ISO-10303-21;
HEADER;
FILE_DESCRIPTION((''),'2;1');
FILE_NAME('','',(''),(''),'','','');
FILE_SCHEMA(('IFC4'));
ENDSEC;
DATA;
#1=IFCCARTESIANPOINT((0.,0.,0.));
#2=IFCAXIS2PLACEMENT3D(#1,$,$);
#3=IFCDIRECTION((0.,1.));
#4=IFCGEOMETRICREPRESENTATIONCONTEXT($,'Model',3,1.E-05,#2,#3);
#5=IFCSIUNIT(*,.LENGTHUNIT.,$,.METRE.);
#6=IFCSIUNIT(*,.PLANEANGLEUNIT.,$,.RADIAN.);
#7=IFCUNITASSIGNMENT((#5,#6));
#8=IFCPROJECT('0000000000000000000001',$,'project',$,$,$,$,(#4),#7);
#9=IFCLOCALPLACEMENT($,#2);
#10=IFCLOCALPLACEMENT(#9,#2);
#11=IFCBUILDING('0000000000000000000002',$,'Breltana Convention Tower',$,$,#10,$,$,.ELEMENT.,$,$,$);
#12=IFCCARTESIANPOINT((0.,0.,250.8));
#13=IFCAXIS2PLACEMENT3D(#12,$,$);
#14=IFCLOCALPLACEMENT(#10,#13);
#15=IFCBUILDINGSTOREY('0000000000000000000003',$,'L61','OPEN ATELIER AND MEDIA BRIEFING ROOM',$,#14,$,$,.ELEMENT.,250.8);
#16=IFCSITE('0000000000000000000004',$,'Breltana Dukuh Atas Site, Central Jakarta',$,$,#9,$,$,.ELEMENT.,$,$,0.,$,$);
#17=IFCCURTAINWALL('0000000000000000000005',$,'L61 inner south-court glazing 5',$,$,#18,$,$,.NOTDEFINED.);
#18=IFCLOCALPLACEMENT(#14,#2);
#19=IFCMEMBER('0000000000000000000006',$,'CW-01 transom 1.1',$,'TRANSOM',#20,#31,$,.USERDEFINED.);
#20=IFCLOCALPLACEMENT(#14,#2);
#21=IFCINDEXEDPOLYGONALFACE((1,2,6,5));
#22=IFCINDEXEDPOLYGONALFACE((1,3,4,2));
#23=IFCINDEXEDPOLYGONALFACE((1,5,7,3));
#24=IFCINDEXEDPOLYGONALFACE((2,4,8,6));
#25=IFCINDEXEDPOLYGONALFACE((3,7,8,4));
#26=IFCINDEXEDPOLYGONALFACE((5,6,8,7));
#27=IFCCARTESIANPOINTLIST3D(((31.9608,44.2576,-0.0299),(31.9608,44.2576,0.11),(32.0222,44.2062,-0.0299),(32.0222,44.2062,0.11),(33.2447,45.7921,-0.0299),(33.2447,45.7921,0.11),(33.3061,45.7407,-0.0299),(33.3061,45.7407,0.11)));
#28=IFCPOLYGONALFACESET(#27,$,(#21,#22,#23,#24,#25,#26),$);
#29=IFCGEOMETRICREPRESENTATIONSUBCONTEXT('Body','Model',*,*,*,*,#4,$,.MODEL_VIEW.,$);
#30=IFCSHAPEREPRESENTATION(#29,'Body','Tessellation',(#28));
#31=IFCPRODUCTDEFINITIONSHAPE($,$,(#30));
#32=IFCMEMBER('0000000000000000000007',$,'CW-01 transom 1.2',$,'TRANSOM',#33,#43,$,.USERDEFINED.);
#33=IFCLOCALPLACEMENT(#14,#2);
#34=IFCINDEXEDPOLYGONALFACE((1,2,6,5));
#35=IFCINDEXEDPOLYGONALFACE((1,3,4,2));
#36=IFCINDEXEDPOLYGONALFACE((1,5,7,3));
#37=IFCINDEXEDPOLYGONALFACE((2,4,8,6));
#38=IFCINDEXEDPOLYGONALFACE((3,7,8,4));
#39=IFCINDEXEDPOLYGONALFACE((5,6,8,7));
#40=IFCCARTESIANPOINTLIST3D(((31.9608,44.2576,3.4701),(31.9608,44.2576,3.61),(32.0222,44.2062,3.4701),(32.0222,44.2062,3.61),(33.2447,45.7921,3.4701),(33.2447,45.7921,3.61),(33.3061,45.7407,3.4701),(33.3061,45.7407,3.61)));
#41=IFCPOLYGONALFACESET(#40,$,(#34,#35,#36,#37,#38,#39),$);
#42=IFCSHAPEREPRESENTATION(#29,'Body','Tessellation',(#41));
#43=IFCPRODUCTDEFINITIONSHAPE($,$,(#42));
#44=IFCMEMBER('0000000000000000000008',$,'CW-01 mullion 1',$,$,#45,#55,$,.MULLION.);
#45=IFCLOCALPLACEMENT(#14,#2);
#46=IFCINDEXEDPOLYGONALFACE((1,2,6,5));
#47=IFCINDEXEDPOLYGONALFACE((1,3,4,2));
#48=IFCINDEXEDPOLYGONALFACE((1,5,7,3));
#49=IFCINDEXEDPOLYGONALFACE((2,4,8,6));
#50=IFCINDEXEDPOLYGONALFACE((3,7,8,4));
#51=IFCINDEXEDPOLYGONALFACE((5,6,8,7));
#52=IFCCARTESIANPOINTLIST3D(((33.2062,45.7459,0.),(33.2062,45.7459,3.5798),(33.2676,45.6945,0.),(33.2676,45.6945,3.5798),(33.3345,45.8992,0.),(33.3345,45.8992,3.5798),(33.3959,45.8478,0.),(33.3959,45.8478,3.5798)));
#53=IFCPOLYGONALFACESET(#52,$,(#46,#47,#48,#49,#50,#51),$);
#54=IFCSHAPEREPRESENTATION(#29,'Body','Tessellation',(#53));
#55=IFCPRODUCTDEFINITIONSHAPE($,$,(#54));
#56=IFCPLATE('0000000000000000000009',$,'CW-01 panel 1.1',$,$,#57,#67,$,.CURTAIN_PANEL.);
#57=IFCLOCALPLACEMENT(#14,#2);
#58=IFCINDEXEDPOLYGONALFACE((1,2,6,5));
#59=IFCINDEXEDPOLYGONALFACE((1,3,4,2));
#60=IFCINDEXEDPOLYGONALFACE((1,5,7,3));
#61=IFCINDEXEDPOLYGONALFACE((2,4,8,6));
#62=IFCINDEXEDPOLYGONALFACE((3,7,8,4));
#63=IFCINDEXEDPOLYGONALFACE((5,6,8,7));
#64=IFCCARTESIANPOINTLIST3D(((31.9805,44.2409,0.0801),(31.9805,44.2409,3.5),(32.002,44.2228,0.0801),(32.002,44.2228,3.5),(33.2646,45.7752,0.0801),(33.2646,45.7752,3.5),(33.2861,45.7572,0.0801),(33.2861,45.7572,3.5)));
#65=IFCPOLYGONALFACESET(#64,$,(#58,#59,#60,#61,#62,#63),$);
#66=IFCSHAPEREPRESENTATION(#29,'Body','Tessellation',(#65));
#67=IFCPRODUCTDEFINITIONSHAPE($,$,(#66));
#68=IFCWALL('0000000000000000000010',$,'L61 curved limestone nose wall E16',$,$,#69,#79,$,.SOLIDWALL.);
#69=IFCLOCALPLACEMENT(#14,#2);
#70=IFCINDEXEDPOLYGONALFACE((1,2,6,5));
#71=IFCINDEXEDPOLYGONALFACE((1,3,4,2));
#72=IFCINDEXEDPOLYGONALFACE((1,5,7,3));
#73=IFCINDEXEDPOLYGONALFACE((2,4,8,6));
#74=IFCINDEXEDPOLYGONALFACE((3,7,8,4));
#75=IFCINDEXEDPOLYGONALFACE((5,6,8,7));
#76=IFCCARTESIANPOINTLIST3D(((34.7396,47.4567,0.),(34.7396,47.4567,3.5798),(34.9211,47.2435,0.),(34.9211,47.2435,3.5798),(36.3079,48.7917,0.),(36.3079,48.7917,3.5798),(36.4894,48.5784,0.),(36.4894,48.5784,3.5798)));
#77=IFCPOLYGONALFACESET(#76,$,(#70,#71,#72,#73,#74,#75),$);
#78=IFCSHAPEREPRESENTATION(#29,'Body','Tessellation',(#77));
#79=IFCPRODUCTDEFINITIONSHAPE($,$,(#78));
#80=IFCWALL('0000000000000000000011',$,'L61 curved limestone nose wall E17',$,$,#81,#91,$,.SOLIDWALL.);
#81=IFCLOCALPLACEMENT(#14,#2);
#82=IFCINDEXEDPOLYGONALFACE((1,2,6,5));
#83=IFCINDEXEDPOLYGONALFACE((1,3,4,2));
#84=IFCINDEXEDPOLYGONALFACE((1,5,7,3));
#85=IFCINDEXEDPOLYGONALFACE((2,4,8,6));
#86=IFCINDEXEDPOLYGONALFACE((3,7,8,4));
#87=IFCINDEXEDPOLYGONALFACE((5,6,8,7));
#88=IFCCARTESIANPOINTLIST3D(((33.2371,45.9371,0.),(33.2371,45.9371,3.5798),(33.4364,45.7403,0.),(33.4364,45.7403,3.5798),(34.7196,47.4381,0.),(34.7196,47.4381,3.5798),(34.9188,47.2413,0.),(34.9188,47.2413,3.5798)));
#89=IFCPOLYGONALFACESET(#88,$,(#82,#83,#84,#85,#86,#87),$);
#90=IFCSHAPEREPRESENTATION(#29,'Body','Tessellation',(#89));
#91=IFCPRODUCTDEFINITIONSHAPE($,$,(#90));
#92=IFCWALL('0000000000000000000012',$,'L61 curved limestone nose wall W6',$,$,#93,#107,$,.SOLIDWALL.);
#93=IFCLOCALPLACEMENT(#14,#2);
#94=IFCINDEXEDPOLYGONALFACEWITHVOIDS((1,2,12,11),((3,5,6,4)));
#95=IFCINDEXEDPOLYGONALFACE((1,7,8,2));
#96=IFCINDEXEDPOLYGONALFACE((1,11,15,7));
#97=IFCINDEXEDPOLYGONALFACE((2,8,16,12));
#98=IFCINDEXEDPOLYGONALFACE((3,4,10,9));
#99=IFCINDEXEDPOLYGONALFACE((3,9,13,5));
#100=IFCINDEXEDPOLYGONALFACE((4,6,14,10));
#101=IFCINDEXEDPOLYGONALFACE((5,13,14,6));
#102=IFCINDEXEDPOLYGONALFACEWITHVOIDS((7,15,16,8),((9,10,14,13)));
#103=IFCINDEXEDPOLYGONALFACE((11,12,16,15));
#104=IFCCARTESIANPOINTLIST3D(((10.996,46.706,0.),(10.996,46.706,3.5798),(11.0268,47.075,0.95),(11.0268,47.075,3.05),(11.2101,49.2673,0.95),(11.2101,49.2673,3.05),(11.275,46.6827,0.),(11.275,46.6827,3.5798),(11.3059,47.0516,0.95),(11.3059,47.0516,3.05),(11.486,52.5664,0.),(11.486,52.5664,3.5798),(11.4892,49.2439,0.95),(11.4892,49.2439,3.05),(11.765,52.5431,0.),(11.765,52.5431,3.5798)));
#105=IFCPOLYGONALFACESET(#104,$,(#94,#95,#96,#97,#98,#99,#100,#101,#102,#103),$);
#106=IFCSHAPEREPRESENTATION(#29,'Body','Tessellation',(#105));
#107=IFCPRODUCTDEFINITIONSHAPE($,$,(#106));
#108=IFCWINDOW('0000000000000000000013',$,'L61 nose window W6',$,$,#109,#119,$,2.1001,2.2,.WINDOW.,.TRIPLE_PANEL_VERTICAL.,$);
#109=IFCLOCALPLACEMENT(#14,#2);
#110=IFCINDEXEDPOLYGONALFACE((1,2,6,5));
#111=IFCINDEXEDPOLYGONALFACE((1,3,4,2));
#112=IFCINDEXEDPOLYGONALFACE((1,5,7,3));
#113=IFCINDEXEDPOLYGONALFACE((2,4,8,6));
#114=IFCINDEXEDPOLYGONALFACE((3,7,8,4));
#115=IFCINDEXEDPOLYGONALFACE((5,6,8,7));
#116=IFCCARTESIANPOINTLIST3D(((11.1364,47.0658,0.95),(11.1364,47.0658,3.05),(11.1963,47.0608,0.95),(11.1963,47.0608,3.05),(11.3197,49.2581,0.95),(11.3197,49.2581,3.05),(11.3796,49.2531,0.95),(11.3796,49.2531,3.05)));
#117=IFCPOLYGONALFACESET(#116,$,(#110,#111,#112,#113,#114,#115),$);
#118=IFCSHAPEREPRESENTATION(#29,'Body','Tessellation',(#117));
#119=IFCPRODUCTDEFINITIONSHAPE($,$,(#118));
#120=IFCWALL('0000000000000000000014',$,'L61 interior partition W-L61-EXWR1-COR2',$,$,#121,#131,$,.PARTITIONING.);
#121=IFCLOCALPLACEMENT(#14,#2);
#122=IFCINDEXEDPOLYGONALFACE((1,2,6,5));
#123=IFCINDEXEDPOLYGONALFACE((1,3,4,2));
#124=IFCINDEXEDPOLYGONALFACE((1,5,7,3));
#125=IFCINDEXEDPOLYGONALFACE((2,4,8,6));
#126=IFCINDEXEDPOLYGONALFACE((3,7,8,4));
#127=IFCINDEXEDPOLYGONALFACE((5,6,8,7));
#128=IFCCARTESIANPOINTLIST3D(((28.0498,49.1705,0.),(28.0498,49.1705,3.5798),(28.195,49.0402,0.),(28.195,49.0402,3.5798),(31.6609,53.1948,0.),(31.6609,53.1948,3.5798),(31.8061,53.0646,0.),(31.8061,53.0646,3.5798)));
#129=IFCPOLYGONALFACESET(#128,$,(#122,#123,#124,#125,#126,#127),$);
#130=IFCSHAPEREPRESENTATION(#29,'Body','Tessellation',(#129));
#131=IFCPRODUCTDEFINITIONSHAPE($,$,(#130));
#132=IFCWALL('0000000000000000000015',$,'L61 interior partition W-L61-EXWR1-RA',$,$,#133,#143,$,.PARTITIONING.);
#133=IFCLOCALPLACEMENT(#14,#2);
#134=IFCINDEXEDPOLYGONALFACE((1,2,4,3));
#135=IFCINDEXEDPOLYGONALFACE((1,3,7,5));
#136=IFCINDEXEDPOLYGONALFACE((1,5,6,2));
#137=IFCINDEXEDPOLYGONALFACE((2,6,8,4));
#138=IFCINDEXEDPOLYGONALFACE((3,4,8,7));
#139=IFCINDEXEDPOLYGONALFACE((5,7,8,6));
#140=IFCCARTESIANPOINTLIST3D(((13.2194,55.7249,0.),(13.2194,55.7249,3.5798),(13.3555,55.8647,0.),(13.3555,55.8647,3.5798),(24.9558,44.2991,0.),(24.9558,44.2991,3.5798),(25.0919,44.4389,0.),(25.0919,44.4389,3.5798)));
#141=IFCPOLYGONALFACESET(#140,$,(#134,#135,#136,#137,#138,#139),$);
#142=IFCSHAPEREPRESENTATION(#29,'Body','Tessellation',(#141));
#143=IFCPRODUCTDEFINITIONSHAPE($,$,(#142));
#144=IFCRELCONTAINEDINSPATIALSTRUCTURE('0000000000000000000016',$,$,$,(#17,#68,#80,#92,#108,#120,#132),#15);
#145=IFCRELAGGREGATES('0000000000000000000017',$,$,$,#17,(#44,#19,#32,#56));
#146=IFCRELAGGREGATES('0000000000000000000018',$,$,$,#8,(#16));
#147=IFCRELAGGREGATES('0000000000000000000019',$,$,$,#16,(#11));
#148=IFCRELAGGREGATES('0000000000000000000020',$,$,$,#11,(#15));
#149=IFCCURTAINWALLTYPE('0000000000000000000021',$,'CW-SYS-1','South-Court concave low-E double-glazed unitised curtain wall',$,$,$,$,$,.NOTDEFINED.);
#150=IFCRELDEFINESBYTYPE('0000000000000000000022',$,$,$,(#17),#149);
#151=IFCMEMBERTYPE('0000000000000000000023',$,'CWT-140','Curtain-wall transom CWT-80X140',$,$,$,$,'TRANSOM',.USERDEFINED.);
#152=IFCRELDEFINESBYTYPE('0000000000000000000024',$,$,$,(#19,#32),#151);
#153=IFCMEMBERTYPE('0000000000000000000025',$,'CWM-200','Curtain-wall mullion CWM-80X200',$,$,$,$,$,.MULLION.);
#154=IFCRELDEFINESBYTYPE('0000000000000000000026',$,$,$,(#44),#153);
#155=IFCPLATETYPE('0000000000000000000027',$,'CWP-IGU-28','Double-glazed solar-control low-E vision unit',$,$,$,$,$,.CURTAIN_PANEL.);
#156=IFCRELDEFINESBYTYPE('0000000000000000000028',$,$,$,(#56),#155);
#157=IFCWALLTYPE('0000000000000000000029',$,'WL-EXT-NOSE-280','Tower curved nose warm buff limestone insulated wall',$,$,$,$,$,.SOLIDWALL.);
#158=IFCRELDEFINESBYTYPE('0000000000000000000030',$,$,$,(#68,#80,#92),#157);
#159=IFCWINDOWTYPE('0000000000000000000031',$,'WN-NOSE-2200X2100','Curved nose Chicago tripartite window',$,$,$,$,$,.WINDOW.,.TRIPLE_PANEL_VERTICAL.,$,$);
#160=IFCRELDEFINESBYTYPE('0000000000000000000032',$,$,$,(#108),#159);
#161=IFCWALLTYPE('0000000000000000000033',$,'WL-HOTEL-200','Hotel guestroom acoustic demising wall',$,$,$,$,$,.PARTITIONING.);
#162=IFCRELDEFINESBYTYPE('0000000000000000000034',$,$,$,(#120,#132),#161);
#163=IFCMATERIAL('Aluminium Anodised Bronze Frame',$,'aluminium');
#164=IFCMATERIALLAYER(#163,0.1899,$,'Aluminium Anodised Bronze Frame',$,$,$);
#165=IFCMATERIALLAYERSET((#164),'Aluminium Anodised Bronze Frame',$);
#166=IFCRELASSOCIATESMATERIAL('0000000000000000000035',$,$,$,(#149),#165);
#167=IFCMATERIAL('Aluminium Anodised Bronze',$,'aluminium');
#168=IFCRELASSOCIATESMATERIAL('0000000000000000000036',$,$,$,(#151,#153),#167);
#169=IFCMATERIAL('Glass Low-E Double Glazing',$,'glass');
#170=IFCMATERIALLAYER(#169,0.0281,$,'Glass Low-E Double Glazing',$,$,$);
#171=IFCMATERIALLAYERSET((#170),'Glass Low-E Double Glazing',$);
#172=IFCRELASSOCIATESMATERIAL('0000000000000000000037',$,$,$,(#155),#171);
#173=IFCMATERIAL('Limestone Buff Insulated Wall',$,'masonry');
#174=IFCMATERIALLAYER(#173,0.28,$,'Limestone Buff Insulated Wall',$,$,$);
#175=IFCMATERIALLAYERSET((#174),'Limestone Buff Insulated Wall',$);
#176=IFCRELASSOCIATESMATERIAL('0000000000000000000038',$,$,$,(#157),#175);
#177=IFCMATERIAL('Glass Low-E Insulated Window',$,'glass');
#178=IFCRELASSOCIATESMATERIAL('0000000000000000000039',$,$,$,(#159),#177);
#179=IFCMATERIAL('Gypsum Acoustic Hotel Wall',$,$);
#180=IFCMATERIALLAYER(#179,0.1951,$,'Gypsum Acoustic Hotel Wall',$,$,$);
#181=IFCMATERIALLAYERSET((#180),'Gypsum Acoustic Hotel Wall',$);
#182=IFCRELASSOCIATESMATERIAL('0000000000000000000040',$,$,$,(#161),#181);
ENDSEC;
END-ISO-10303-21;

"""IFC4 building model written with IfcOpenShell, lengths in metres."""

from ifc_helpers import new_model, si_unit, direction, frame, frame_2d, origin, origin_2d, place, context, subcontext, project, spatial, rectangle, extrude, source, transform, mapped, material, layer, layer_set, material_profile, profile_set, type_object, type_shapes, element, fill, aggregate, save


model = new_model("IFC4")

# Units and contexts
model_context = context("Model", 3, precision=1e-05, world=origin(), true_north=direction((0.0, 1.0)))
body_context = subcontext(model_context, "Body", "Model", "MODEL_VIEW")
ifc_project = project(units=[si_unit("LENGTHUNIT", "METRE"), si_unit("PLANEANGLEUNIT", "RADIAN")], contexts=[model_context])

# Site, building, storey
site_placement = place(None, origin())
site = spatial("IfcSite", under=ifc_project, at=site_placement, Name="Breltana Dukuh Atas Site, Central Jakarta", CompositionType="ELEMENT", RefElevation=0.0)
building_placement = place(site_placement, origin())
building = spatial("IfcBuilding", under=site, at=building_placement, Name="Breltana Convention Tower", CompositionType="ELEMENT")
storey_placement = place(building_placement, frame((0.0, 0.0, 250.8)))
storey = spatial("IfcBuildingStorey", under=building, at=storey_placement, Name="L61", Description="OPEN ATELIER AND MEDIA BRIEFING ROOM", CompositionType="ELEMENT", Elevation=250.8)

# Curtain wall, members, plate
ifc_material_1 = material(Name="Aluminium Anodised Bronze Frame", Category="aluminium")
ifc_layer_1 = layer(ifc_material_1, 0.1899, Name="Aluminium Anodised Bronze Frame")
ifc_layer_set_1 = layer_set([ifc_layer_1], Name="Aluminium Anodised Bronze Frame")
curtain_wall_type = type_object("IfcCurtainWallType", Name="CW-SYS-1", Description="South-Court concave low-E double-glazed unitised curtain wall", PredefinedType="NOTDEFINED", material=ifc_layer_set_1)
curtain_wall_placement = place(storey_placement, origin())
curtain_wall = element("IfcCurtainWall", 1, at=curtain_wall_placement, inside=storey, type_object=curtain_wall_type, Name="L61 inner south-court glazing 5", PredefinedType="NOTDEFINED")
ifc_material_2 = material(Name="Aluminium Anodised Bronze", Category="aluminium")
ifc_material_profile_1 = material_profile(ifc_material_2, rectangle(XDim=0.0801, YDim=0.1399, at=origin_2d()), Name="CWT-80X140")
ifc_profile_set_1 = profile_set([ifc_material_profile_1], Name="Aluminium Anodised Bronze")
member_type_1 = type_object("IfcMemberType", Name="CWT-140", Description="Curtain-wall transom CWT-80X140", ElementType="TRANSOM", PredefinedType="USERDEFINED", material=ifc_profile_set_1)
shared_shape_1 = source(origin(), body_context, "Body", "SweptSolid", [
    extrude(rectangle(XDim=0.0801, YDim=0.1399, at=origin_2d()), origin(), (0.0, 0.0, 1.0), 2.0007),
])
member_1_placement = place(storey_placement, frame((33.2754, 45.7664, 0.04), z_axis=(-0.641731, -0.766929, 0.0), x_axis=(0.766929, -0.641731, 0.0)))
member_1 = element("IfcMember", 2, at=member_1_placement, type_object=member_type_1, Name="CW-01 transom 1.1", ObjectType="TRANSOM", PredefinedType="USERDEFINED", context=body_context, shape_type="MappedRepresentation", body=[
    mapped(shared_shape_1, transform((0.0, 0.0, 0.0), scale=1.0)),
])
member_2_placement = place(storey_placement, frame((33.2754, 45.7664, 3.54), z_axis=(-0.641731, -0.766929, 0.0), x_axis=(0.766929, -0.641731, 0.0)))
member_2 = element("IfcMember", 3, at=member_2_placement, type_object=member_type_1, Name="CW-01 transom 1.2", ObjectType="TRANSOM", PredefinedType="USERDEFINED", context=body_context, shape_type="MappedRepresentation", body=[
    mapped(shared_shape_1, transform((0.0, 0.0, 0.0), scale=1.0)),
])
ifc_material_profile_2 = material_profile(ifc_material_2, rectangle(XDim=0.0801, YDim=0.2, at=origin_2d()), Name="CWM-80X200")
ifc_profile_set_2 = profile_set([ifc_material_profile_2], Name="Aluminium Anodised Bronze")
member_type_2 = type_object("IfcMemberType", Name="CWM-200", Description="Curtain-wall mullion CWM-80X200", PredefinedType="MULLION", material=ifc_profile_set_2)
shared_shape_2 = source(origin(), body_context, "Body", "SweptSolid", [
    extrude(rectangle(XDim=0.0801, YDim=0.2, at=origin_2d()), origin(), (0.0, 0.0, 1.0), 3.5798),
])
member_3_placement = place(storey_placement, frame((33.301, 45.7969, 0.0), z_axis=(0.0, 0.0, 1.0), x_axis=(0.766884, -0.641785, 0.0)))
member_3 = element("IfcMember", 4, at=member_3_placement, type_object=member_type_2, Name="CW-01 mullion 1", PredefinedType="MULLION", context=body_context, shape_type="MappedRepresentation", body=[
    mapped(shared_shape_2, transform((0.0, 0.0, 0.0), scale=1.0)),
])
ifc_material_3 = material(Name="Glass Low-E Double Glazing", Category="glass")
ifc_layer_2 = layer(ifc_material_3, 0.0281, Name="Glass Low-E Double Glazing")
ifc_layer_set_2 = layer_set([ifc_layer_2], Name="Glass Low-E Double Glazing")
plate_type = type_object("IfcPlateType", Name="CWP-IGU-28", Description="Double-glazed solar-control low-E vision unit", PredefinedType="CURTAIN_PANEL", material=ifc_layer_set_2)
shared_shape_3 = source(origin(), body_context, "Body", "SweptSolid", [
    extrude(rectangle(XDim=2.0007, YDim=0.0281, at=origin_2d()), origin(), (0.0, 0.0, 1.0), 3.4199),
])
plate_placement = place(storey_placement, frame((32.6333, 44.999, 0.0801), z_axis=(0.0, 0.0, 1.0), x_axis=(-0.641785, -0.766884, 0.0)))
plate = element("IfcPlate", 5, at=plate_placement, type_object=plate_type, Name="CW-01 panel 1.1", PredefinedType="CURTAIN_PANEL", context=body_context, shape_type="MappedRepresentation", body=[
    mapped(shared_shape_3, transform((0.0, 0.0, 0.0), scale=1.0)),
])
aggregate(curtain_wall, [member_3, member_1, member_2, plate])

# Walls
ifc_material_4 = material(Name="Limestone Buff Insulated Wall", Category="masonry")
ifc_layer_3 = layer(ifc_material_4, 0.28, Name="Limestone Buff Insulated Wall")
ifc_layer_set_3 = layer_set([ifc_layer_3], Name="Limestone Buff Insulated Wall")
wall_type_1 = type_object("IfcWallType", Name="WL-EXT-NOSE-280", Description="Tower curved nose warm buff limestone insulated wall", PredefinedType="SOLIDWALL", material=ifc_layer_set_3)
shared_shape_4 = source(origin(), body_context, "Body", "SweptSolid", [
    extrude(rectangle(XDim=2.0596, YDim=0.28, at=frame_2d((1.0298, 0.0))), origin(), (0.0, 0.0, 1.0), 3.5798),
])
wall_1_placement = place(storey_placement, frame((36.3987, 48.6851, 0.0), z_axis=(0.0, 0.0, 1.0), x_axis=(-0.761495, -0.648171, 0.0)))
element("IfcWall", 6, at=wall_1_placement, inside=storey, type_object=wall_type_1, Name="L61 curved limestone nose wall E16", PredefinedType="SOLIDWALL", context=body_context, shape_type="MappedRepresentation", body=[
    mapped(shared_shape_4, transform((0.0, 0.0, 0.0), scale=1.0)),
])
shared_shape_5 = source(origin(), body_context, "Body", "SweptSolid", [
    extrude(rectangle(XDim=2.1096, YDim=0.28, at=frame_2d((1.0547, 0.0))), origin(), (0.0, 0.0, 1.0), 3.5798),
])
wall_2_placement = place(storey_placement, frame((34.8191, 47.3396, 0.0), z_axis=(0.0, 0.0, 1.0), x_axis=(-0.702695, -0.711491, 0.0)))
element("IfcWall", 7, at=wall_2_placement, inside=storey, type_object=wall_type_1, Name="L61 curved limestone nose wall E17", PredefinedType="SOLIDWALL", context=body_context, shape_type="MappedRepresentation", body=[
    mapped(shared_shape_5, transform((0.0, 0.0, 0.0), scale=1.0)),
])

# Wall, opening, window
shared_shape_6 = source(origin(), body_context, "Body", "SweptSolid", [
    extrude(rectangle(XDim=5.8809, YDim=0.28, at=frame_2d((2.9404, 0.0))), origin(), (0.0, 0.0, 1.0), 3.5798),
])
wall_3_placement = place(storey_placement, frame((11.1355, 46.6943, 0.0), z_axis=(0.0, 0.0, 1.0), x_axis=(0.08332, 0.996523, 0.0)))
wall_3 = element("IfcWall", 8, at=wall_3_placement, inside=storey, type_object=wall_type_1, Name="L61 curved limestone nose wall W6", PredefinedType="SOLIDWALL", context=body_context, shape_type="MappedRepresentation", body=[
    mapped(shared_shape_6, transform((0.0, 0.0, 0.0), scale=1.0)),
])
opening_placement = place(wall_3_placement, frame((0.3701, 0.0, 0.95)))
opening = element("IfcOpeningElement", 9, at=opening_placement, cuts=wall_3, PredefinedType="OPENING", context=body_context, shape_type="SweptSolid", body=[
    extrude(rectangle(XDim=2.2, YDim=2.1001, at=frame_2d((1.1001, 1.05))), frame((0.0, 0.1499, 0.0), z_axis=(0.0, -1.0, 0.0), x_axis=(1.0, 0.0, 0.0)), (0.0, 0.0, 1.0), 0.3),
])
ifc_material_5 = material(Name="Glass Low-E Insulated Window", Category="glass")
window_type = type_object("IfcWindowType", Name="WN-NOSE-2200X2100", Description="Curved nose Chicago tripartite window", PartitioningType="TRIPLE_PANEL_VERTICAL", PredefinedType="WINDOW", material=ifc_material_5)
shared_shape_7 = source(origin(), body_context, "Body", "SweptSolid", [
    extrude(rectangle(XDim=2.2, YDim=2.1001, at=frame_2d((1.1001, 1.05))), frame((0.0, 0.03, 0.0), z_axis=(0.0, -1.0, 0.0), x_axis=(1.0, 0.0, 0.0)), (0.0, 0.0, 1.0), 0.0601),
])
type_shapes(window_type, [shared_shape_7])
window_placement = place(opening_placement, origin())
window = element("IfcWindow", 10, at=window_placement, inside=storey, type_object=window_type, Name="L61 nose window W6", OverallHeight=2.1001, OverallWidth=2.2, PartitioningType="TRIPLE_PANEL_VERTICAL", PredefinedType="WINDOW", context=body_context, shape_type="MappedRepresentation", body=[
    mapped(shared_shape_7, transform((0.0, 0.0, 0.0), scale=1.0)),
])
fill(opening, window)

# Walls
ifc_material_6 = material(Name="Gypsum Acoustic Hotel Wall")
ifc_layer_4 = layer(ifc_material_6, 0.1951, Name="Gypsum Acoustic Hotel Wall")
ifc_layer_set_4 = layer_set([ifc_layer_4], Name="Gypsum Acoustic Hotel Wall")
wall_type_2 = type_object("IfcWallType", Name="WL-HOTEL-200", Description="Hotel guestroom acoustic demising wall", PredefinedType="PARTITIONING", material=ifc_layer_set_4)
shared_shape_8 = source(origin(), body_context, "Body", "SweptSolid", [
    extrude(rectangle(XDim=5.407, YDim=0.1951, at=frame_2d((2.7036, 0.0))), origin(), (0.0, 0.0, 1.0), 3.5798),
])
wall_4_placement = place(storey_placement, frame((28.1223, 49.1052, 0.0), z_axis=(0.0, 0.0, 1.0), x_axis=(0.667851, 0.744295, 0.0)))
element("IfcWall", 11, at=wall_4_placement, inside=storey, type_object=wall_type_2, Name="L61 interior partition W-L61-EXWR1-COR2", PredefinedType="PARTITIONING", context=body_context, shape_type="MappedRepresentation", body=[
    mapped(shared_shape_8, transform((0.0, 0.0, 0.0), scale=1.0)),
])
shared_shape_9 = source(origin(), body_context, "Body", "SweptSolid", [
    extrude(rectangle(XDim=16.3796, YDim=0.1951, at=frame_2d((8.1899, 0.0))), origin(), (0.0, 0.0, 1.0), 3.5798),
])
wall_5_placement = place(storey_placement, frame((25.0239, 44.3689, 0.0), z_axis=(0.0, 0.0, 1.0), x_axis=(-0.716523, 0.697564, 0.0)))
element("IfcWall", 12, at=wall_5_placement, inside=storey, type_object=wall_type_2, Name="L61 interior partition W-L61-EXWR1-RA", PredefinedType="PARTITIONING", context=body_context, shape_type="MappedRepresentation", body=[
    mapped(shared_shape_9, transform((0.0, 0.0, 0.0), scale=1.0)),
])

save(model, "model.ifc")
